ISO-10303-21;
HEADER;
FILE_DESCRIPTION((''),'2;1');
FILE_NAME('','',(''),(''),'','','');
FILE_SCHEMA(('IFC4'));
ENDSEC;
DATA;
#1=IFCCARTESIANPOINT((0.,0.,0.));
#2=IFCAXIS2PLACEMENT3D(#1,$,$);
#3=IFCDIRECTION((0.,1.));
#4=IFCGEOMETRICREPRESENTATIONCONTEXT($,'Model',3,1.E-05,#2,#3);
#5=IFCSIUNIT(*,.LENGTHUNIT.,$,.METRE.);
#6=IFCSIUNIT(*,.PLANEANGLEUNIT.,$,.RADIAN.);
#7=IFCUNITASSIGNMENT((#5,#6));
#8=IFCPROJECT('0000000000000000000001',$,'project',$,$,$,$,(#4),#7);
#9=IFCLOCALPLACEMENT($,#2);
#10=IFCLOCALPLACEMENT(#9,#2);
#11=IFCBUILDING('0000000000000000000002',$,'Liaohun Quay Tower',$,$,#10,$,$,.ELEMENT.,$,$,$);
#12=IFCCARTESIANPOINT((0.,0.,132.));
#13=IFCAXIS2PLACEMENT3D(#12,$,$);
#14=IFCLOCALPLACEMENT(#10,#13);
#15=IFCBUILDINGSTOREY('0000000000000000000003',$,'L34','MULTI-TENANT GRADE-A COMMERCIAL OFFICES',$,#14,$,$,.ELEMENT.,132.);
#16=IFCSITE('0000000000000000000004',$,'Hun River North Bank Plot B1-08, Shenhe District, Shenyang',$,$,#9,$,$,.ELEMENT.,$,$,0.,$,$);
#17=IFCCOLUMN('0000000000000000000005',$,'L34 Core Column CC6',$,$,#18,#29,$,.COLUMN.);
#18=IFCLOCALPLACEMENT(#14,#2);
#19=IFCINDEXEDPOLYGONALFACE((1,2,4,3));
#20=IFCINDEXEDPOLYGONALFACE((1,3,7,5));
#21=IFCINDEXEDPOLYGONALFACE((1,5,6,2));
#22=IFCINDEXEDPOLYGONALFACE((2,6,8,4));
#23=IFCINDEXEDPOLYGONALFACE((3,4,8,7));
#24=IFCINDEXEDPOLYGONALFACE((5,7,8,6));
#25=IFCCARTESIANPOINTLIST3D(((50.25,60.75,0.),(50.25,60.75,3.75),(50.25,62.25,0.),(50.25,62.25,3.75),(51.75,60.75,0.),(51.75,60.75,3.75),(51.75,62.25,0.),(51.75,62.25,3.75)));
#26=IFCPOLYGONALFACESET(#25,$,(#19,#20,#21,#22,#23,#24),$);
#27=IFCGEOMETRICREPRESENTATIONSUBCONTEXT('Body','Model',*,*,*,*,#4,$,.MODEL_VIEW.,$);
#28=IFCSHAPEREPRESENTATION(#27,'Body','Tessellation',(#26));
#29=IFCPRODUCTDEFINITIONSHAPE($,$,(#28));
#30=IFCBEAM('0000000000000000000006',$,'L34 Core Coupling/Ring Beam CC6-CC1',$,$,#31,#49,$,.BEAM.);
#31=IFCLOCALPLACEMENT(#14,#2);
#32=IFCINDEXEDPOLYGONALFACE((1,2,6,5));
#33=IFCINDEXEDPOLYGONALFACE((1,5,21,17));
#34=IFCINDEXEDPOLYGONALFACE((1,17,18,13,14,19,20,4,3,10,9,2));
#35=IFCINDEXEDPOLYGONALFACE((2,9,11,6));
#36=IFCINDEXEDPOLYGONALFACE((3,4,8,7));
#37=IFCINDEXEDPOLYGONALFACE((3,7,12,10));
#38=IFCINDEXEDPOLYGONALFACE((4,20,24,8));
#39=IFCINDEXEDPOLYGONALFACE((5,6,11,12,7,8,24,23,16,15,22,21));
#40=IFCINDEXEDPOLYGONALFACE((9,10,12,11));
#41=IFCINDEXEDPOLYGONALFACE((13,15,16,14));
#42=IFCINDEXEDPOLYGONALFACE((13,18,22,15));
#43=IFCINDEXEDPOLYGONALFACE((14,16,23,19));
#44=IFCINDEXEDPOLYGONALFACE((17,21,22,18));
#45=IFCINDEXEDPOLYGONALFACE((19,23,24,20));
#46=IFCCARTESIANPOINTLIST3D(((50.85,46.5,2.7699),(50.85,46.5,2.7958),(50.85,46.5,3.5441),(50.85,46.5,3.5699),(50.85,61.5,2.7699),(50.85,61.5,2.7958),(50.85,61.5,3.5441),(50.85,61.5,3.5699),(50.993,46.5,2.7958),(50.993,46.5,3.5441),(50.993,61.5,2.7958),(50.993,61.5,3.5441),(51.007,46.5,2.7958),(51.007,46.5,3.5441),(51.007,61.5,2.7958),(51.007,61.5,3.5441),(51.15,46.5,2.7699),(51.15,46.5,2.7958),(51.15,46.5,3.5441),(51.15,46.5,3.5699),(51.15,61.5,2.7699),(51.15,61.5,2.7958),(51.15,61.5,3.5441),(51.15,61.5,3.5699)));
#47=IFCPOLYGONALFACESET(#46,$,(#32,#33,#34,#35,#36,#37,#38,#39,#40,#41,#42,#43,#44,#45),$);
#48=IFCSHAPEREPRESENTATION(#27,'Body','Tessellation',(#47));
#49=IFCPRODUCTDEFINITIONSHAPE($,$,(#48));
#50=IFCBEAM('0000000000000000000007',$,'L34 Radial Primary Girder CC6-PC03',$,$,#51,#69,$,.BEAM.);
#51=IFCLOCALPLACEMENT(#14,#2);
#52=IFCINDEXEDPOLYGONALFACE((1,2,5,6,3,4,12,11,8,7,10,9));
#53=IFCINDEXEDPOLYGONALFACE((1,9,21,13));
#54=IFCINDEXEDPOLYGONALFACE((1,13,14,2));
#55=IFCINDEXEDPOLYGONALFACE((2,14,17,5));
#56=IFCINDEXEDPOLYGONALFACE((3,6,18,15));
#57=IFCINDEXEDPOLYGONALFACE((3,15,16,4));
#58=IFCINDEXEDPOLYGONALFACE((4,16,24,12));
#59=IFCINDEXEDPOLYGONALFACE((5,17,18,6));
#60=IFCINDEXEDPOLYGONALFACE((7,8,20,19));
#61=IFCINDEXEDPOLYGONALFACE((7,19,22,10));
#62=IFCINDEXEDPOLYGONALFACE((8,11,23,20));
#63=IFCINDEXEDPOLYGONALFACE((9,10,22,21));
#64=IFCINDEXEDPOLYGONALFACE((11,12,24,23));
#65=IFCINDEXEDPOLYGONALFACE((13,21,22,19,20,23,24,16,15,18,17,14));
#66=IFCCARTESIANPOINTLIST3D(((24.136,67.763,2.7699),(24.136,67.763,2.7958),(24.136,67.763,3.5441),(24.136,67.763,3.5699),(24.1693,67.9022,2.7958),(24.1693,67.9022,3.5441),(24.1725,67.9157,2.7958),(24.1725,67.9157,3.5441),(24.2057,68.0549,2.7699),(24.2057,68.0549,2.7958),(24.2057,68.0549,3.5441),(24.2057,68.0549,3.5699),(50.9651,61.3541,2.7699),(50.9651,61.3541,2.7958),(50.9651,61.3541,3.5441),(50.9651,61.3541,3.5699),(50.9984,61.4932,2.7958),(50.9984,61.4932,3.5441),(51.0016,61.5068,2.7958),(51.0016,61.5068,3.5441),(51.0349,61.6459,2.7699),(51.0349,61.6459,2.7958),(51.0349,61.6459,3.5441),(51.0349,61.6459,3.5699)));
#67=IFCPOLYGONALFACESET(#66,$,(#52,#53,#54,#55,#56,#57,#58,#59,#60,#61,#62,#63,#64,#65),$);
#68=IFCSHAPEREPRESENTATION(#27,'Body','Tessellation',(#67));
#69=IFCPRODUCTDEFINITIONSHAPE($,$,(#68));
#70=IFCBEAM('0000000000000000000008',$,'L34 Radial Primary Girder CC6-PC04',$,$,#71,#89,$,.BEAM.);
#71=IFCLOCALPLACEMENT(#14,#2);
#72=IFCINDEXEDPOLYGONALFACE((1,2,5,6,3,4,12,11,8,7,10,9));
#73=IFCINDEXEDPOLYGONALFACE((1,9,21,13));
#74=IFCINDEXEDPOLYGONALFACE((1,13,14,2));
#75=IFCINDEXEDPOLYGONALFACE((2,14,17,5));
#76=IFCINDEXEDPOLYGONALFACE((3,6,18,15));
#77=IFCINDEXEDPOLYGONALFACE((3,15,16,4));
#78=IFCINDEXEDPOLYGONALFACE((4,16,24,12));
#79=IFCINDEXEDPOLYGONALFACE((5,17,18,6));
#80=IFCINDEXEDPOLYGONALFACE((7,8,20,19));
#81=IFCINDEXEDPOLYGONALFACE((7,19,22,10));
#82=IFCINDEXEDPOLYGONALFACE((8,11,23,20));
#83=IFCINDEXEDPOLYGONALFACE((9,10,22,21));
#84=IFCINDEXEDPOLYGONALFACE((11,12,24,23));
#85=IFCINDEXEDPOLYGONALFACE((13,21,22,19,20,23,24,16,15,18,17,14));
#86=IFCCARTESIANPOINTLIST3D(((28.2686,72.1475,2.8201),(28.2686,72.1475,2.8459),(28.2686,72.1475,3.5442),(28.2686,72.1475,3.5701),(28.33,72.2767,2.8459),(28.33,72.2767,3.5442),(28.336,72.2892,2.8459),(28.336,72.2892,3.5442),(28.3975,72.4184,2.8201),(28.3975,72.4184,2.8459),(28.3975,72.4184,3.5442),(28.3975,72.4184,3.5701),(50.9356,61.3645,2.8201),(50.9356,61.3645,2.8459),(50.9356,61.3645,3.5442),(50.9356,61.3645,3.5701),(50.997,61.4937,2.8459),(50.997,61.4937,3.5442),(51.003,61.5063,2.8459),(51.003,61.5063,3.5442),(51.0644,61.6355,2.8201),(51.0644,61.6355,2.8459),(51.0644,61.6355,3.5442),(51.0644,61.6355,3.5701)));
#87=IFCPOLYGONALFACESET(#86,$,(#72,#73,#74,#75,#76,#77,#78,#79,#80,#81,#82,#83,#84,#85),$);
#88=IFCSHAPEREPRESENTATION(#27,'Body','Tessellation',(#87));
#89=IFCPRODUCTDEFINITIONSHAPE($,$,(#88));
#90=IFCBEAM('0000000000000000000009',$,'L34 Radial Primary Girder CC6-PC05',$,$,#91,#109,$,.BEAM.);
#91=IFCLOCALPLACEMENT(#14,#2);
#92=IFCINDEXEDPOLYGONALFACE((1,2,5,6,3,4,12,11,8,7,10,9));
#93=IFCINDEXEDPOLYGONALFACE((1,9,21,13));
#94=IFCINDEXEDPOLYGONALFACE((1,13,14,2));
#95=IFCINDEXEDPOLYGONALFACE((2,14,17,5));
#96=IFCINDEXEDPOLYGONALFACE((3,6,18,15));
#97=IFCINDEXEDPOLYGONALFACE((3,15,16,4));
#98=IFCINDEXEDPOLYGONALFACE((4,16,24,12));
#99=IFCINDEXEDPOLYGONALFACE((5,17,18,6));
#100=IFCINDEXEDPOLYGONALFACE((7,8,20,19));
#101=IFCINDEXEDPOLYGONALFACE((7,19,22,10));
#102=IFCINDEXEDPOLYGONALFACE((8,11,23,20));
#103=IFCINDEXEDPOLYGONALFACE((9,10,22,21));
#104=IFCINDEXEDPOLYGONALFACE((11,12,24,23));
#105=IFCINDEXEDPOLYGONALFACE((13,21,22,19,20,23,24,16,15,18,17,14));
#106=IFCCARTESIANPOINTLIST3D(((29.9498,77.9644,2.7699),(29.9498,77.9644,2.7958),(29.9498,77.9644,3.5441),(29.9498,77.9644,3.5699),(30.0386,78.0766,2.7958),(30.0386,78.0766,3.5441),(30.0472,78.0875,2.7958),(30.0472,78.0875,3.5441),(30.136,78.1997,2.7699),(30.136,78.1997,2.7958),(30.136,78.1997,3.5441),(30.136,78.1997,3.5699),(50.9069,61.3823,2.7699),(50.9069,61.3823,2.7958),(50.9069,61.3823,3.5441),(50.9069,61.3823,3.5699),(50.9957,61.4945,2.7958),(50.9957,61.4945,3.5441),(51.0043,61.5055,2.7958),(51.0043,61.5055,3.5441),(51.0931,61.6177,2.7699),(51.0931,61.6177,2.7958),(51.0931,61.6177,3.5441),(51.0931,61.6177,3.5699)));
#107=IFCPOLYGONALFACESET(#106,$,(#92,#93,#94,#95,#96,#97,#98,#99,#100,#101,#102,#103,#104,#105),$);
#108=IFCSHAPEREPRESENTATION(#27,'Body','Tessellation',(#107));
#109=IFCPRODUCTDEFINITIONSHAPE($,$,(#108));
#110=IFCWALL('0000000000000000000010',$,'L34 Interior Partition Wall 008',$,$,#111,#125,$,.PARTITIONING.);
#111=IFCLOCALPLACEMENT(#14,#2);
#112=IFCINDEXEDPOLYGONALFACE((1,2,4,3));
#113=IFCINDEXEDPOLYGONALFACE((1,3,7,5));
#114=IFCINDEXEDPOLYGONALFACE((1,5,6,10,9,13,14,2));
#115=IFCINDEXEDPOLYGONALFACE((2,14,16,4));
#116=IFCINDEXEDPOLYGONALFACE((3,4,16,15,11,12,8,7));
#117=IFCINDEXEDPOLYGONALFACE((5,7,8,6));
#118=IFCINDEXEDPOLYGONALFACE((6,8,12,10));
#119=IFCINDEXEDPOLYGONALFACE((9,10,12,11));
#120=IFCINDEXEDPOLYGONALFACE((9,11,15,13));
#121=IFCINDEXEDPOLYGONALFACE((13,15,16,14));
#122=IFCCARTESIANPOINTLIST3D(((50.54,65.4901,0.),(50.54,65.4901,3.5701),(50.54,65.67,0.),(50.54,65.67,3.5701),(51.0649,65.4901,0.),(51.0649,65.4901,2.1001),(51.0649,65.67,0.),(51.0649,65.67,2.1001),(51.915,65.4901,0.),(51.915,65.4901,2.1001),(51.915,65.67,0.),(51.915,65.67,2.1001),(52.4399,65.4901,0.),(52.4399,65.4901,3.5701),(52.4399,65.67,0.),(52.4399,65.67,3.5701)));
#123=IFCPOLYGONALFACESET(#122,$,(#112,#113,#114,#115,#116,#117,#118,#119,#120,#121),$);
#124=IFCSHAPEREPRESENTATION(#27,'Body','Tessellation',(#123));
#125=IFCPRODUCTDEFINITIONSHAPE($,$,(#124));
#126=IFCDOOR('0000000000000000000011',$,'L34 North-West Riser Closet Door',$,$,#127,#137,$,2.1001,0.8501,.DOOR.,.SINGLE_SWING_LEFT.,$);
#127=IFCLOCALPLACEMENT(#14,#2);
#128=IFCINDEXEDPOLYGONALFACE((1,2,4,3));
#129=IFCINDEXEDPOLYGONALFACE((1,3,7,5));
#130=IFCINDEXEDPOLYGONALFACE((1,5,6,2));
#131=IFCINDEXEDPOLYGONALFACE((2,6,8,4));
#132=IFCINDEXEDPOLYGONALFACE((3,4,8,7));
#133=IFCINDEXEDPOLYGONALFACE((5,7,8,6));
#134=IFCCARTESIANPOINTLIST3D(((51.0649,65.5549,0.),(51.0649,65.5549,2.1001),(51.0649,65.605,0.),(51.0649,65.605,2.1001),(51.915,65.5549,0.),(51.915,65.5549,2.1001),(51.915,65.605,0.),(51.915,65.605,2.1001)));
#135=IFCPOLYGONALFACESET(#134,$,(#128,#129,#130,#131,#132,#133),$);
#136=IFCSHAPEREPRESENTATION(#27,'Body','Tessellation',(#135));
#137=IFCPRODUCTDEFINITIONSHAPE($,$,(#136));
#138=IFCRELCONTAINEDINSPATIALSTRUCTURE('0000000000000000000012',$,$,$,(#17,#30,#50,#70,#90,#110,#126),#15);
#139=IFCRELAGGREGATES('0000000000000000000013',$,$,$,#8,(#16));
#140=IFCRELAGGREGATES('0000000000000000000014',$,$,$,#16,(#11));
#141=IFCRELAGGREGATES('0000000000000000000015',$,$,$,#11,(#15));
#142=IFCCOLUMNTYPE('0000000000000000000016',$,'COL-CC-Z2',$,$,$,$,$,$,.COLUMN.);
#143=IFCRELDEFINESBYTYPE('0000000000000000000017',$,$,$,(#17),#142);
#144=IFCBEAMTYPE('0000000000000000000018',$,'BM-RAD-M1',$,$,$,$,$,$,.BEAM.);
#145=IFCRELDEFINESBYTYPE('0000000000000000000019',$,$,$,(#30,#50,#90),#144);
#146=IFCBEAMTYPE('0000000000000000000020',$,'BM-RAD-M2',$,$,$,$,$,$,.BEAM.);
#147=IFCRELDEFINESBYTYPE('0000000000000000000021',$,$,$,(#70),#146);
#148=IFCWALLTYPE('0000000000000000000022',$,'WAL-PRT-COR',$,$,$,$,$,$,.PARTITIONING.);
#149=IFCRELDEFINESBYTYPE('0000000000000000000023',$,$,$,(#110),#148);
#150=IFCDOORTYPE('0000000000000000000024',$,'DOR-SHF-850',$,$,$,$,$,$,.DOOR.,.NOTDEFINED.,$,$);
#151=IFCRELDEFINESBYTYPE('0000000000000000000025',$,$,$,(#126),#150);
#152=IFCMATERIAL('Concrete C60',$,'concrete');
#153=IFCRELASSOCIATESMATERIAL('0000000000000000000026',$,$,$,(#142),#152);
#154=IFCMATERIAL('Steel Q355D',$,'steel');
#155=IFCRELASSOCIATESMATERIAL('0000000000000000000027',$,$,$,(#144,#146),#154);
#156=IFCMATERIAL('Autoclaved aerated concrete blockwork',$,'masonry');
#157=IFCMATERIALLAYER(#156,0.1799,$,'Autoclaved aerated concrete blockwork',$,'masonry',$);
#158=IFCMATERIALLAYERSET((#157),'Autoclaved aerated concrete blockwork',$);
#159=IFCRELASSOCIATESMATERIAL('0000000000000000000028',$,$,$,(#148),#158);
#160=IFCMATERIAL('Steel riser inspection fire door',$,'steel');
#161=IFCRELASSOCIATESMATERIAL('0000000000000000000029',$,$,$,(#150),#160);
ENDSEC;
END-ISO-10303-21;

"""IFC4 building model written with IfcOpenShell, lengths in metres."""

from ifc_helpers import new_model, si_unit, direction, frame, frame_2d, origin, origin_2d, place, context, subcontext, project, spatial, rectangle, i_section, extrude, source, transform, mapped, material, layer, layer_set, material_profile, profile_set, type_object, element, fill, save


model = new_model("IFC4")

# Units and contexts
model_context = context("Model", 3, precision=1e-05, world=origin(), true_north=direction((0.0, 1.0)))
body_context = subcontext(model_context, "Body", "Model", "MODEL_VIEW")
ifc_project = project(units=[si_unit("LENGTHUNIT", "METRE"), si_unit("PLANEANGLEUNIT", "RADIAN")], contexts=[model_context])

# Site, building, storey
site_placement = place(None, origin())
site = spatial("IfcSite", under=ifc_project, at=site_placement, Name="Hun River North Bank Plot B1-08, Shenhe District, Shenyang", CompositionType="ELEMENT", RefElevation=0.0)
building_placement = place(site_placement, origin())
building = spatial("IfcBuilding", under=site, at=building_placement, Name="Liaohun Quay Tower", CompositionType="ELEMENT")
storey_placement = place(building_placement, frame((0.0, 0.0, 132.0)))
storey = spatial("IfcBuildingStorey", under=building, at=storey_placement, Name="L34", Description="MULTI-TENANT GRADE-A COMMERCIAL OFFICES", CompositionType="ELEMENT", Elevation=132.0)

# Column
ifc_material_1 = material(Name="Concrete C60", Category="concrete")
ifc_material_profile_1 = material_profile(ifc_material_1, rectangle(XDim=1.5, YDim=1.5, at=origin_2d()), Name="RC1500x1500")
ifc_profile_set_1 = profile_set([ifc_material_profile_1], Name="Concrete C60")
column_type = type_object("IfcColumnType", Name="COL-CC-Z2", PredefinedType="COLUMN", material=ifc_profile_set_1)
shared_shape_1 = source(origin(), body_context, "Body", "SweptSolid", [
    extrude(rectangle(XDim=1.5, YDim=1.5, at=origin_2d()), origin(), (0.0, 0.0, 1.0), 3.75),
])
column_placement = place(storey_placement, frame((51.0, 61.5, 0.0), z_axis=(0.0, 0.0, 1.0), x_axis=(1.0, 0.0, 0.0)))
element("IfcColumn", 1, at=column_placement, inside=storey, type_object=column_type, Name="L34 Core Column CC6", PredefinedType="COLUMN", context=body_context, shape_type="MappedRepresentation", body=[
    mapped(shared_shape_1, transform((0.0, 0.0, 0.0), x_axis=(1.0, 0.0, 0.0), y_axis=(0.0, 1.0, 0.0), z_axis=(0.0, 0.0, 1.0), scale=1.0)),
])

# Beams
ifc_material_2 = material(Name="Steel Q355D", Category="steel")
ifc_material_profile_2 = material_profile(ifc_material_2, i_section(OverallWidth=0.3, OverallDepth=0.8, WebThickness=0.0139, FlangeThickness=0.0259, at=origin_2d()), Name="HN800x300x14x26")
ifc_profile_set_2 = profile_set([ifc_material_profile_2], Name="Steel Q355D")
beam_type_1 = type_object("IfcBeamType", Name="BM-RAD-M1", PredefinedType="BEAM", material=ifc_profile_set_2)
shared_shape_2 = source(origin(), body_context, "Body", "SweptSolid", [
    extrude(i_section(OverallWidth=0.3, OverallDepth=0.8, WebThickness=0.0139, FlangeThickness=0.0259, at=origin_2d()), origin(), (0.0, 0.0, 1.0), 15.0),
])
beam_1_placement = place(storey_placement, frame((51.0, 61.5, 3.1699), z_axis=(0.0, -1.0, 0.0), x_axis=(1.0, 0.0, 0.0)))
element("IfcBeam", 2, at=beam_1_placement, inside=storey, type_object=beam_type_1, Name="L34 Core Coupling/Ring Beam CC6-CC1", PredefinedType="BEAM", context=body_context, shape_type="MappedRepresentation", body=[
    mapped(shared_shape_2, transform((0.0, 0.0, 0.0), x_axis=(1.0, 0.0, 0.0), y_axis=(0.0, 1.0, 0.0), z_axis=(0.0, 0.0, 1.0), scale=1.0)),
])
shared_shape_3 = source(origin(), body_context, "Body", "SweptSolid", [
    extrude(i_section(OverallWidth=0.3, OverallDepth=0.8, WebThickness=0.0139, FlangeThickness=0.0259, at=origin_2d()), origin(), (0.0, 0.0, 1.0), 27.584),
])
beam_2_placement = place(storey_placement, frame((51.0, 61.5, 3.1699), z_axis=(-0.972634, 0.232343, 0.0), x_axis=(-0.232343, -0.972634, 0.0)))
element("IfcBeam", 3, at=beam_2_placement, inside=storey, type_object=beam_type_1, Name="L34 Radial Primary Girder CC6-PC03", PredefinedType="BEAM", context=body_context, shape_type="MappedRepresentation", body=[
    mapped(shared_shape_3, transform((0.0, 0.0, 0.0), x_axis=(1.0, 0.0, 0.0), y_axis=(0.0, 1.0, 0.0), z_axis=(0.0, 0.0, 1.0), scale=1.0)),
])
ifc_material_profile_3 = material_profile(ifc_material_2, i_section(OverallWidth=0.3, OverallDepth=0.75, WebThickness=0.0139, FlangeThickness=0.0259, at=origin_2d()), Name="HN750x300x14x26")
ifc_profile_set_3 = profile_set([ifc_material_profile_3], Name="Steel Q355D")
beam_type_2 = type_object("IfcBeamType", Name="BM-RAD-M2", PredefinedType="BEAM", material=ifc_profile_set_3)
shared_shape_4 = source(origin(), body_context, "Body", "SweptSolid", [
    extrude(i_section(OverallWidth=0.3, OverallDepth=0.75, WebThickness=0.0139, FlangeThickness=0.0259, at=origin_2d()), origin(), (0.0, 0.0, 1.0), 25.1011),
])
beam_3_placement = place(storey_placement, frame((51.0, 61.5, 3.1951), z_axis=(-0.903028, 0.429581, 0.0), x_axis=(-0.429581, -0.903028, 0.0)))
element("IfcBeam", 4, at=beam_3_placement, inside=storey, type_object=beam_type_2, Name="L34 Radial Primary Girder CC6-PC04", PredefinedType="BEAM", context=body_context, shape_type="MappedRepresentation", body=[
    mapped(shared_shape_4, transform((0.0, 0.0, 0.0), x_axis=(1.0, 0.0, 0.0), y_axis=(0.0, 1.0, 0.0), z_axis=(0.0, 0.0, 1.0), scale=1.0)),
])
shared_shape_5 = source(origin(), body_context, "Body", "SweptSolid", [
    extrude(i_section(OverallWidth=0.3, OverallDepth=0.8, WebThickness=0.0139, FlangeThickness=0.0259, at=origin_2d()), origin(), (0.0, 0.0, 1.0), 26.7239),
])
beam_4_placement = place(storey_placement, frame((51.0, 61.5, 3.1699), z_axis=(-0.784209, 0.620497, 0.0), x_axis=(-0.620497, -0.784209, 0.0)))
element("IfcBeam", 5, at=beam_4_placement, inside=storey, type_object=beam_type_1, Name="L34 Radial Primary Girder CC6-PC05", PredefinedType="BEAM", context=body_context, shape_type="MappedRepresentation", body=[
    mapped(shared_shape_5, transform((0.0, 0.0, 0.0), x_axis=(1.0, 0.0, 0.0), y_axis=(0.0, 1.0, 0.0), z_axis=(0.0, 0.0, 1.0), scale=1.0)),
])

# Wall, opening, door
ifc_material_3 = material(Name="Autoclaved aerated concrete blockwork", Category="masonry")
ifc_layer_1 = layer(ifc_material_3, 0.1799, Name="Autoclaved aerated concrete blockwork", Category="masonry")
ifc_layer_set_1 = layer_set([ifc_layer_1], Name="Autoclaved aerated concrete blockwork")
wall_type_1 = type_object("IfcWallType", Name="WAL-PRT-COR", PredefinedType="PARTITIONING", material=ifc_layer_set_1)
wall_1_placement = place(storey_placement, frame((50.54, 65.5801, 0.0), z_axis=(0.0, 0.0, 1.0), x_axis=(1.0, 0.0, 0.0)))
wall_1 = element("IfcWall", 6, at=wall_1_placement, inside=storey, type_object=wall_type_1, Name="L34 Interior Partition Wall 008", PredefinedType="PARTITIONING", context=body_context, shape_type="SweptSolid", body=[
    extrude(rectangle(XDim=1.8999, YDim=0.1799, at=frame_2d((0.95, 0.0))), origin(), (0.0, 0.0, 1.0), 3.5701),
])
shared_shape_6 = source(origin(), body_context, "Body", "SweptSolid", [
    extrude(rectangle(XDim=0.8501, YDim=2.1001, at=frame_2d((0.425, 1.05))), frame((0.0, 0.0999, 0.0), z_axis=(0.0, -1.0, 0.0), x_axis=(1.0, 0.0, 0.0)), (0.0, 0.0, 1.0), 0.2),
])
opening_1_placement = place(wall_1_placement, frame((0.5249, 0.0, 0.0)))
opening_1 = element("IfcOpeningElement", 7, at=opening_1_placement, cuts=wall_1, PredefinedType="OPENING", context=body_context, shape_type="MappedRepresentation", body=[
    mapped(shared_shape_6, transform((0.0, 0.0, 0.0), x_axis=(1.0, 0.0, 0.0), y_axis=(0.0, 1.0, 0.0), z_axis=(0.0, 0.0, 1.0), scale=1.0)),
])
ifc_material_4 = material(Name="Steel riser inspection fire door", Category="steel")
door_type_1 = type_object("IfcDoorType", Name="DOR-SHF-850", OperationType="NOTDEFINED", PredefinedType="DOOR", material=ifc_material_4)
shared_shape_7 = source(origin(), body_context, "Body", "SweptSolid", [
    extrude(rectangle(XDim=0.8501, YDim=2.1001, at=frame_2d((0.425, 1.05))), frame((0.0, 0.0249, 0.0), z_axis=(0.0, -1.0, 0.0), x_axis=(1.0, 0.0, 0.0)), (0.0, 0.0, 1.0), 0.05),
])
door_1_placement = place(opening_1_placement, origin())
door_1 = element("IfcDoor", 8, at=door_1_placement, inside=storey, type_object=door_type_1, Name="L34 North-West Riser Closet Door", OperationType="SINGLE_SWING_LEFT", OverallHeight=2.1001, OverallWidth=0.8501, PredefinedType="DOOR", context=body_context, shape_type="MappedRepresentation", body=[
    mapped(shared_shape_7, transform((0.0, 0.0, 0.0), x_axis=(1.0, 0.0, 0.0), y_axis=(0.0, 1.0, 0.0), z_axis=(0.0, 0.0, 1.0), scale=1.0)),
])
fill(opening_1, door_1)

save(model, "model.ifc")
